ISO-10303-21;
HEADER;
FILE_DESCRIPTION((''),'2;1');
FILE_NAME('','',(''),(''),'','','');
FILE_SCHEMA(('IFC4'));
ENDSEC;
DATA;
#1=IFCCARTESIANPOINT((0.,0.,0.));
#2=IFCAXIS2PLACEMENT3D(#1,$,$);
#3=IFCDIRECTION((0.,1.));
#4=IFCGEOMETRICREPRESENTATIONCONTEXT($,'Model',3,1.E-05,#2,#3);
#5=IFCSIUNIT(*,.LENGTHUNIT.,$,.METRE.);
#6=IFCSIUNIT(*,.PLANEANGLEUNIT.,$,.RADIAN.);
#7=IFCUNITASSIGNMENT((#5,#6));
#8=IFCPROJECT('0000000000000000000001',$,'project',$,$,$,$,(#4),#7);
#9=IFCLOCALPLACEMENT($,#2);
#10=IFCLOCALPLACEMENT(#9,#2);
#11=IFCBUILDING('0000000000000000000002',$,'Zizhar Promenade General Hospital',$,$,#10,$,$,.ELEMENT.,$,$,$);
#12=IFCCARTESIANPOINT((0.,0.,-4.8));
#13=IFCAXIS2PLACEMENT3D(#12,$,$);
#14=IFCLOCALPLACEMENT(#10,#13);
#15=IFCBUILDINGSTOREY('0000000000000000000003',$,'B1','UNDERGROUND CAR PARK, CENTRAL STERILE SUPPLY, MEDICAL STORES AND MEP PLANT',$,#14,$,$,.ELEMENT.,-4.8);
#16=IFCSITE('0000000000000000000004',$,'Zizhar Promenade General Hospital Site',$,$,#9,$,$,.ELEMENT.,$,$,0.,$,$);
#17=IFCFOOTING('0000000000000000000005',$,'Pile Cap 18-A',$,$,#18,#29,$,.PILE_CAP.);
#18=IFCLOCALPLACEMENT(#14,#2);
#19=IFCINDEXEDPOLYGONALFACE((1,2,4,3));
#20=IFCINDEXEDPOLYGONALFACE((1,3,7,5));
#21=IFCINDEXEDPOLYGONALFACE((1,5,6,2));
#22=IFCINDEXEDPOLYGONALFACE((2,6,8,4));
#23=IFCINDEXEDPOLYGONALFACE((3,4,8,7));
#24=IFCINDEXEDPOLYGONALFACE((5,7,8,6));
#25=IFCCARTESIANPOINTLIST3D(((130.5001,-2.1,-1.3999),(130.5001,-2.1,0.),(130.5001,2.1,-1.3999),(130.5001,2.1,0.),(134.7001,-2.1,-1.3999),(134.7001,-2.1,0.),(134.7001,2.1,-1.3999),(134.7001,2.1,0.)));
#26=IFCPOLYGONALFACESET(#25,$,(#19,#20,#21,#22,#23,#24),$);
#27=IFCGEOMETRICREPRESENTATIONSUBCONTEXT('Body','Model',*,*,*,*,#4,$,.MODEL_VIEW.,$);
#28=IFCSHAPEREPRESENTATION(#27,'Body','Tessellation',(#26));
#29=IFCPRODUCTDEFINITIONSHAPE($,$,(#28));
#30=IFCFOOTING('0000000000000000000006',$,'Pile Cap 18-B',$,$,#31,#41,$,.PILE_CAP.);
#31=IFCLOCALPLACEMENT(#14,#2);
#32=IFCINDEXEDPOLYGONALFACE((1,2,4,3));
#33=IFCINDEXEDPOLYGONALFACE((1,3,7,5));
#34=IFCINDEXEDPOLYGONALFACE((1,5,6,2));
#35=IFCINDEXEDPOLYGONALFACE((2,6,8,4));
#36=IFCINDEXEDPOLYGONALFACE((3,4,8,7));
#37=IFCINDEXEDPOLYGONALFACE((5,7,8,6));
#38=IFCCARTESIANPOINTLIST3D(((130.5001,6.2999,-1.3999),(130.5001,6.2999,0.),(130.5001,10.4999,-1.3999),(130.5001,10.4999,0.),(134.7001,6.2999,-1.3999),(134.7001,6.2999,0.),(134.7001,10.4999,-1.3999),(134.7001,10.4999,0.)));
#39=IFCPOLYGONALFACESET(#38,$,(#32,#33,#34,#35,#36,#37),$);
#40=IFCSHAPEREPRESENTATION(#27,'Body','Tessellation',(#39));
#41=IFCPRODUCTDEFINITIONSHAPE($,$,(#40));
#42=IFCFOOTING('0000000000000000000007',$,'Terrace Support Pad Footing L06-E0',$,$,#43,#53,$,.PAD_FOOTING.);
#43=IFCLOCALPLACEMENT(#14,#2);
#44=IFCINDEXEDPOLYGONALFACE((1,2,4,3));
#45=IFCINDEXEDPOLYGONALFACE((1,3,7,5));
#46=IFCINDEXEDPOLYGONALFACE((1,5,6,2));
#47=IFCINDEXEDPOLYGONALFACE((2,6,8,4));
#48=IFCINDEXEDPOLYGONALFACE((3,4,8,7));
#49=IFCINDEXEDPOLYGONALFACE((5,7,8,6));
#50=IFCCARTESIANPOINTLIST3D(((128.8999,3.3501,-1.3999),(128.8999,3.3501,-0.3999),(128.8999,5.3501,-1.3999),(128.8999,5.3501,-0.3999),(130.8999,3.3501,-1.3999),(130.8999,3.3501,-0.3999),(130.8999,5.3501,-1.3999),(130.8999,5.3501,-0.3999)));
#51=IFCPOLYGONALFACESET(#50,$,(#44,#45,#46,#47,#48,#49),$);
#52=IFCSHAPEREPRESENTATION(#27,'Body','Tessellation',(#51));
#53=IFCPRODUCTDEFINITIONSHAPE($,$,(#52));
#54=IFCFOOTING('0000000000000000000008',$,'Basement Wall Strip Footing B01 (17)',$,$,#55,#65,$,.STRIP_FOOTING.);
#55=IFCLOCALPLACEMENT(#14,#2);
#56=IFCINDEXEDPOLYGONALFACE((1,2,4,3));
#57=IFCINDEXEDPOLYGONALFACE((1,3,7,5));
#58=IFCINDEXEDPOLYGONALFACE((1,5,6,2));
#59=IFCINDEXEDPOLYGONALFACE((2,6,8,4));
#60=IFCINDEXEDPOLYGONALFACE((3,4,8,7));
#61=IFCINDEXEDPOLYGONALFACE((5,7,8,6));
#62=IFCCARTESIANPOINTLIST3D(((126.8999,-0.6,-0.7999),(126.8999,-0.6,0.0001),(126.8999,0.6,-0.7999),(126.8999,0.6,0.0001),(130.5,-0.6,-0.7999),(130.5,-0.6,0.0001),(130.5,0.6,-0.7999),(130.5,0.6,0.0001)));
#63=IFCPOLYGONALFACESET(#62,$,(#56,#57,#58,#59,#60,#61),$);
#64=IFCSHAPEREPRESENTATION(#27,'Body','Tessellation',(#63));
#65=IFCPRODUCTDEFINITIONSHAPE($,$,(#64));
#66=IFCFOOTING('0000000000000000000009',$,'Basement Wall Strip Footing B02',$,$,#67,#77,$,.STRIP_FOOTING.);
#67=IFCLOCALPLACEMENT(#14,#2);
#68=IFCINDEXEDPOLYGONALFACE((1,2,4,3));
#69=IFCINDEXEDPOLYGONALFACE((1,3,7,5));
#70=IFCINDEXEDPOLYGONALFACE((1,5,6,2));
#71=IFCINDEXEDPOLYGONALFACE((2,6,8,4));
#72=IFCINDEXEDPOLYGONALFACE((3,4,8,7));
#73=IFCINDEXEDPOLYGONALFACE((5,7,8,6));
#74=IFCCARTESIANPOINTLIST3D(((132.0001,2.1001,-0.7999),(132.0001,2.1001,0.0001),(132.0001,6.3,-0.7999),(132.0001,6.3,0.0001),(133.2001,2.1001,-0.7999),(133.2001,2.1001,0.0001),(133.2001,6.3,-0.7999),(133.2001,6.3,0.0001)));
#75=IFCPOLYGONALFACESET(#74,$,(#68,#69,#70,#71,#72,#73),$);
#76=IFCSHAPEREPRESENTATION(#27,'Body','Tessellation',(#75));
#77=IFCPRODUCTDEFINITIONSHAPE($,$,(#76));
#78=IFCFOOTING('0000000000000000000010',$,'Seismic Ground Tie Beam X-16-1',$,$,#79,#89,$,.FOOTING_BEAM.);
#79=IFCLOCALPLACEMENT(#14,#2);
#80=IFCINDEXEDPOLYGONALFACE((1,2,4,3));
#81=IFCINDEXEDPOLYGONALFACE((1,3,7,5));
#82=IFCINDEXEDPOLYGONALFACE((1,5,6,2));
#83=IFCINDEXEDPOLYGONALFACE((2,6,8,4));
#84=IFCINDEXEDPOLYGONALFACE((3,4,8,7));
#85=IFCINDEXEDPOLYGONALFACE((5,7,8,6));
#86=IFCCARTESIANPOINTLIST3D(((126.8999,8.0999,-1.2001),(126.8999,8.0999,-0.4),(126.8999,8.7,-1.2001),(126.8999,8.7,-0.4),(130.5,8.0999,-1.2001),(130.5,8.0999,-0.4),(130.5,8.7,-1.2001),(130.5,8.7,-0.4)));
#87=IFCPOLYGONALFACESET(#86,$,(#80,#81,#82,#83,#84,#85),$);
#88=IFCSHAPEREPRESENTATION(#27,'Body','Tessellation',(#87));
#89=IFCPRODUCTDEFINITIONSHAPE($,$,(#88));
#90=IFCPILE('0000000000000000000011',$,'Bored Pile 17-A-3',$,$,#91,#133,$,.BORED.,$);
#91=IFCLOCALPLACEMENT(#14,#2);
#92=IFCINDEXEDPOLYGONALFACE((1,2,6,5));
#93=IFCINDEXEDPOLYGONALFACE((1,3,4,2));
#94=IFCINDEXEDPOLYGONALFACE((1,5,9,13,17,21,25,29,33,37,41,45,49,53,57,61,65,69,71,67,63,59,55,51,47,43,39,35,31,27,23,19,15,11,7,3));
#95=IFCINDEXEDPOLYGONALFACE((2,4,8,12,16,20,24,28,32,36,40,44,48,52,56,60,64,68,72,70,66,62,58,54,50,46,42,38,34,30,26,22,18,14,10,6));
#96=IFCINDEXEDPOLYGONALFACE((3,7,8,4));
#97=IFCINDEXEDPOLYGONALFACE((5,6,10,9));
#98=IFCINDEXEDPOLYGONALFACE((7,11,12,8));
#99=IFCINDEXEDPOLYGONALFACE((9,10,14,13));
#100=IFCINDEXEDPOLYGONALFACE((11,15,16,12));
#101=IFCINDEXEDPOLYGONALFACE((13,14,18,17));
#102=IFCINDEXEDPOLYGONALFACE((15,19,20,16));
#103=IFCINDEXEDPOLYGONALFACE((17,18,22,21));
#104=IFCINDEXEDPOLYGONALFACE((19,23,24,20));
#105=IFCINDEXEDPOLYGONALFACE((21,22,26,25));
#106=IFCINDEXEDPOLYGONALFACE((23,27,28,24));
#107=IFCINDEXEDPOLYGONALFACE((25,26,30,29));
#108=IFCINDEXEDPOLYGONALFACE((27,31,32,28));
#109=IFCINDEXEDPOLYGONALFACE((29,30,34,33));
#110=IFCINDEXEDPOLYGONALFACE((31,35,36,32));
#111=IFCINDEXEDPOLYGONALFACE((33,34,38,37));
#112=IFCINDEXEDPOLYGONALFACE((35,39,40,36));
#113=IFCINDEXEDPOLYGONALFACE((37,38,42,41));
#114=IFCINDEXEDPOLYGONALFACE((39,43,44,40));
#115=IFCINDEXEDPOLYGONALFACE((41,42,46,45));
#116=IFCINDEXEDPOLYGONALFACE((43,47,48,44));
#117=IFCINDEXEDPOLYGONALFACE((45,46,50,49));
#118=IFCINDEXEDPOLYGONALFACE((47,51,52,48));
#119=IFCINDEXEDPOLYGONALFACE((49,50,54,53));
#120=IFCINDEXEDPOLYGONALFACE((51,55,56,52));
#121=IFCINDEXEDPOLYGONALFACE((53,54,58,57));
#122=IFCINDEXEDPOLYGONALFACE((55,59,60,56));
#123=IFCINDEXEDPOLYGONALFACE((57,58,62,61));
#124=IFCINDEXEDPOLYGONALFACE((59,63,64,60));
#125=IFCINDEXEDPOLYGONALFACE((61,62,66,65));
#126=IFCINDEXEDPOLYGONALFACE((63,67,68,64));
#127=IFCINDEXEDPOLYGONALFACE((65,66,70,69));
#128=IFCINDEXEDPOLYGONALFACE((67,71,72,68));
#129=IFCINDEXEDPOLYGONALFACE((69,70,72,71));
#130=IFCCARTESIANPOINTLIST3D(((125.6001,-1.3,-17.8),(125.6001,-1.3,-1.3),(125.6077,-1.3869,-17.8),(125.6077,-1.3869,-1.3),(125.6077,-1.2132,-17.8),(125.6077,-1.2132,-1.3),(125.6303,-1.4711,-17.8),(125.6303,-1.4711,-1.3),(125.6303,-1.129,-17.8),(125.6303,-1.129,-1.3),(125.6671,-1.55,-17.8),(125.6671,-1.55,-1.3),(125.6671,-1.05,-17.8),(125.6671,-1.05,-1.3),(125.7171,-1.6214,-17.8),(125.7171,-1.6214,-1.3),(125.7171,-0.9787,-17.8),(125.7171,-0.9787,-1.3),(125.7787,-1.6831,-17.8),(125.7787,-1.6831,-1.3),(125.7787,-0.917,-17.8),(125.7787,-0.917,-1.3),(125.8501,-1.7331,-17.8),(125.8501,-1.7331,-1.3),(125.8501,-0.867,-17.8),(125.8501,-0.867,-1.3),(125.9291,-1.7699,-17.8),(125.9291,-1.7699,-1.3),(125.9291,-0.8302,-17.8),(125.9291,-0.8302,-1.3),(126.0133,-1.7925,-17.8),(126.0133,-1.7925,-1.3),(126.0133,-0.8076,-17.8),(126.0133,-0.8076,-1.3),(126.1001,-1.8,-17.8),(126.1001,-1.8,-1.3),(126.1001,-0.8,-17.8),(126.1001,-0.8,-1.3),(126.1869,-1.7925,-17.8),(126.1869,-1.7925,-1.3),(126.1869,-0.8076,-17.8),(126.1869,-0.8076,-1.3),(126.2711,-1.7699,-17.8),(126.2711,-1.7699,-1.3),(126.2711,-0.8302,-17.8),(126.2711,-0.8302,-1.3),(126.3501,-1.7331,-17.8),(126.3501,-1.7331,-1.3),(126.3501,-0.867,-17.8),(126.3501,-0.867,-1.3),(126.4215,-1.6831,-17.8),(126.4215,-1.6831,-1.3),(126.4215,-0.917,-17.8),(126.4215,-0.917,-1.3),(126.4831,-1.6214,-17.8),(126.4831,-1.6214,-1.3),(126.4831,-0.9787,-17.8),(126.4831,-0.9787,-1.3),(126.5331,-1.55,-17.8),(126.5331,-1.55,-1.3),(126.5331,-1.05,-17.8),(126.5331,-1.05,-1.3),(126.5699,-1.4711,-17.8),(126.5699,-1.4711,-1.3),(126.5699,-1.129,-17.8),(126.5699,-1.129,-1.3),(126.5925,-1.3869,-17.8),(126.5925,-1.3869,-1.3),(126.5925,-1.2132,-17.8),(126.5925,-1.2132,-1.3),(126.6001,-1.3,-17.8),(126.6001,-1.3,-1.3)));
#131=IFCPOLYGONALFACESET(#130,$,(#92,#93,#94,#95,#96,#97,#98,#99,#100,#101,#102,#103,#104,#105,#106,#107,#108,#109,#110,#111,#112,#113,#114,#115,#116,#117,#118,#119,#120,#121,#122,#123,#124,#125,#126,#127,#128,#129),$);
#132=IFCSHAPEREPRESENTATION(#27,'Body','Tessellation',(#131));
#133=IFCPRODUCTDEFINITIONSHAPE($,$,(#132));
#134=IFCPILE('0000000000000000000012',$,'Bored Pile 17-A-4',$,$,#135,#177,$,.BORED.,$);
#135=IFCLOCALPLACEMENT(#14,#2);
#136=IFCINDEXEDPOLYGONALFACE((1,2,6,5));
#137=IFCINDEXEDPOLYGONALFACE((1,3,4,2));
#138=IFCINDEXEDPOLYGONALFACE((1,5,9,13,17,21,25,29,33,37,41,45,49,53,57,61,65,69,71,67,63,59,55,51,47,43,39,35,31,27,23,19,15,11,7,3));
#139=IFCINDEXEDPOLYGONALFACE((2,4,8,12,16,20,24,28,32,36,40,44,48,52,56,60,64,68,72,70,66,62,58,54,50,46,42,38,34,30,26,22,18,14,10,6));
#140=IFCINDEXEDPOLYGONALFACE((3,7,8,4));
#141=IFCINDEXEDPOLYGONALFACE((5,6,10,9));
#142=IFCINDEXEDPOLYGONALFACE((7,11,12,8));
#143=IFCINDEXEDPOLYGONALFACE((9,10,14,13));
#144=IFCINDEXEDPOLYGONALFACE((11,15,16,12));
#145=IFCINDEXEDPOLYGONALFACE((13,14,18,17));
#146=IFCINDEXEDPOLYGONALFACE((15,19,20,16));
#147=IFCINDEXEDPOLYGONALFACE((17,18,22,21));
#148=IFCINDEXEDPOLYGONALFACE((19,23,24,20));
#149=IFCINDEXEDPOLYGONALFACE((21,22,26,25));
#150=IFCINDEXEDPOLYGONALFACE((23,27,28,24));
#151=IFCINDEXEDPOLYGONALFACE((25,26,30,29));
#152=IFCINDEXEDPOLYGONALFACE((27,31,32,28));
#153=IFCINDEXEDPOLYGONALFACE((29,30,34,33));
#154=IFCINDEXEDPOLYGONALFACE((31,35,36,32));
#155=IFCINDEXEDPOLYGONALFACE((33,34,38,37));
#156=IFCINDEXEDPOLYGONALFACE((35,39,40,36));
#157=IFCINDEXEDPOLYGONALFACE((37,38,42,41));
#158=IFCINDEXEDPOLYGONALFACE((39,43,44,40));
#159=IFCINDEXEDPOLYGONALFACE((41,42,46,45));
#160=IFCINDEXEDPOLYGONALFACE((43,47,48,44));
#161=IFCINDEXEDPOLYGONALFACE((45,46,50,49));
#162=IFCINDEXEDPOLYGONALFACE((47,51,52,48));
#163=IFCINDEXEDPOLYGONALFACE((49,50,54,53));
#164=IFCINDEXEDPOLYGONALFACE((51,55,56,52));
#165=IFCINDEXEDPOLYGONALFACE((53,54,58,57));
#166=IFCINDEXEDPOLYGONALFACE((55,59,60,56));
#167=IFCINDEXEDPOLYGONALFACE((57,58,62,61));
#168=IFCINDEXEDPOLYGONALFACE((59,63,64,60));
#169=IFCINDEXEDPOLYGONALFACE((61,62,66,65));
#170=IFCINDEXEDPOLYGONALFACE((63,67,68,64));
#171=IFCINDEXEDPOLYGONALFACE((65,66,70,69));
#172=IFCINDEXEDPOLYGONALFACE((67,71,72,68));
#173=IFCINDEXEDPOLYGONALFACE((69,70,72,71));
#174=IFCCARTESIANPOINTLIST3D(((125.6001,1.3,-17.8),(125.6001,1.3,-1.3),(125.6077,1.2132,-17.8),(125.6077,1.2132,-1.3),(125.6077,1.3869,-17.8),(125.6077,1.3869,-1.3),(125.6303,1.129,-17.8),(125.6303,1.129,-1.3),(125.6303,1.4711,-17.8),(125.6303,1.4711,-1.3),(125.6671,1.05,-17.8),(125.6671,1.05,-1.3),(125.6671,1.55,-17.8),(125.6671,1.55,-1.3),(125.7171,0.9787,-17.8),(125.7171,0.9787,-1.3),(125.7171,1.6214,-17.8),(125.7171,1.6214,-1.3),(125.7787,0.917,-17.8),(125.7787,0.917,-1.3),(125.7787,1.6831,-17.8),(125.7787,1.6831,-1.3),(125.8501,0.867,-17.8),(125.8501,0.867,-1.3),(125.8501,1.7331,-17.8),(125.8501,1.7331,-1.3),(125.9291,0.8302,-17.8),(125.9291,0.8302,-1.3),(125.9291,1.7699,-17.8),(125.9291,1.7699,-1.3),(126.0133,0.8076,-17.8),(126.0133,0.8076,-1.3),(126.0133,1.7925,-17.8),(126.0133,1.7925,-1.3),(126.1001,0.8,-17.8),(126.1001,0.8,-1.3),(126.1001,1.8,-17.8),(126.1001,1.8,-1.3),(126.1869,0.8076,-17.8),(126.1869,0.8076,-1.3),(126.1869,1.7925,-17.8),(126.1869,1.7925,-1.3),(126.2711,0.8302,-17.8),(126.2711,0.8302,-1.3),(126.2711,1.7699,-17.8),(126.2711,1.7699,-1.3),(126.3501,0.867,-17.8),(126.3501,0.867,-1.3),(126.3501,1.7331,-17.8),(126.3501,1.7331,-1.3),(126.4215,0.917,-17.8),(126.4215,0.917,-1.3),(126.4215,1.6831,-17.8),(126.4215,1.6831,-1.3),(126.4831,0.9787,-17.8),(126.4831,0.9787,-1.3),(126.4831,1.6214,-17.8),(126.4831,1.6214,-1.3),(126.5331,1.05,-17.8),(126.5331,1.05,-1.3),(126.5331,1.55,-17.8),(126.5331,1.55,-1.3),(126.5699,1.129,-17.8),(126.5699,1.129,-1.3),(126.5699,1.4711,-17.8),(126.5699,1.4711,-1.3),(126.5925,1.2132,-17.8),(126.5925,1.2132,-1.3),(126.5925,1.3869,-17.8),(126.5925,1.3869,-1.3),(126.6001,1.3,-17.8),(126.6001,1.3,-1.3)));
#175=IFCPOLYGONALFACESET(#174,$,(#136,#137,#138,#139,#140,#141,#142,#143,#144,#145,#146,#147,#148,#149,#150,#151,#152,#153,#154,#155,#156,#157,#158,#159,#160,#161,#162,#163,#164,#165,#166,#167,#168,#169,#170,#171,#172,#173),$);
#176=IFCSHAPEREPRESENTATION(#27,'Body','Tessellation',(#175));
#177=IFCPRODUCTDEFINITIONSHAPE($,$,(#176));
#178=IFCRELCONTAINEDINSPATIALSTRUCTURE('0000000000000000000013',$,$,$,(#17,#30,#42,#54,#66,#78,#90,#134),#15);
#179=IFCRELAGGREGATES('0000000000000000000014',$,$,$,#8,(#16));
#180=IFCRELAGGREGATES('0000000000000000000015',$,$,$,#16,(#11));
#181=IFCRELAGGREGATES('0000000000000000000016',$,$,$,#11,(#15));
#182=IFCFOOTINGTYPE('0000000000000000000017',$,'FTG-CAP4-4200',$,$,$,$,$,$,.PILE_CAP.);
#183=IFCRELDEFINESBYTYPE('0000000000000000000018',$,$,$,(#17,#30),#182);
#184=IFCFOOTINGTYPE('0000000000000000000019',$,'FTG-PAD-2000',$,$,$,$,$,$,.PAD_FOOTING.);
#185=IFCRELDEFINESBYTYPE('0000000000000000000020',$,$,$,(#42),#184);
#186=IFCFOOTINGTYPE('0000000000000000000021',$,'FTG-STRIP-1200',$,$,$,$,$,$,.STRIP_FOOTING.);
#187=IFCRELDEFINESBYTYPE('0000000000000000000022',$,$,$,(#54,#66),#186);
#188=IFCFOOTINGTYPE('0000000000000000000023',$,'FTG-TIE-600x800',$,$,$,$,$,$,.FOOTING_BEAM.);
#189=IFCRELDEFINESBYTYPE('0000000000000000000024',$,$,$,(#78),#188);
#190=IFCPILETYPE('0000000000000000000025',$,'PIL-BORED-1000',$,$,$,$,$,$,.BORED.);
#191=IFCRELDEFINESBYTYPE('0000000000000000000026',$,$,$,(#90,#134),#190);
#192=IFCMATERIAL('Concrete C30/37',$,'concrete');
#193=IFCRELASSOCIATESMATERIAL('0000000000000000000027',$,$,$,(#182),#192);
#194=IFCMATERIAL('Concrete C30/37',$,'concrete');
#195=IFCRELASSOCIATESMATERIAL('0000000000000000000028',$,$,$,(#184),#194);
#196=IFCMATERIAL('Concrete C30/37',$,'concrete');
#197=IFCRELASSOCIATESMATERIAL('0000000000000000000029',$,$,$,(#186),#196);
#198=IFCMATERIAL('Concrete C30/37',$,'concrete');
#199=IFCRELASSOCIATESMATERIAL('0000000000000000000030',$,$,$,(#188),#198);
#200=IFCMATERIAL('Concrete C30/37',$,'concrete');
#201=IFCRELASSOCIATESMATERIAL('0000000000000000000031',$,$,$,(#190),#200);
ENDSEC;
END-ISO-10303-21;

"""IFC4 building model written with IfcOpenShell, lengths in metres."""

from ifc_helpers import new_model, si_unit, direction, frame, origin, origin_2d, place, context, subcontext, project, spatial, rectangle, circle, extrude, material, material_profile, profile_set, type_object, element, save


model = new_model("IFC4")

# Units and contexts
model_context = context("Model", 3, precision=1e-05, world=origin(), true_north=direction((0.0, 1.0)))
body_context = subcontext(model_context, "Body", "Model", "MODEL_VIEW")
ifc_project = project(units=[si_unit("LENGTHUNIT", "METRE"), si_unit("PLANEANGLEUNIT", "RADIAN")], contexts=[model_context])

# Site, building, storey
site_placement = place(None, origin())
site = spatial("IfcSite", under=ifc_project, at=site_placement, Name="Zizhar Promenade General Hospital Site", CompositionType="ELEMENT", RefElevation=0.0)
building_placement = place(site_placement, origin())
building = spatial("IfcBuilding", under=site, at=building_placement, Name="Zizhar Promenade General Hospital", CompositionType="ELEMENT")
storey_placement = place(building_placement, frame((0.0, 0.0, -4.8)))
storey = spatial("IfcBuildingStorey", under=building, at=storey_placement, Name="B1", Description="UNDERGROUND CAR PARK, CENTRAL STERILE SUPPLY, MEDICAL STORES AND MEP PLANT", CompositionType="ELEMENT", Elevation=-4.8)

# Footings
ifc_material_1 = material(Name="Concrete C30/37", Category="concrete")
footing_type_1 = type_object("IfcFootingType", Name="FTG-CAP4-4200", PredefinedType="PILE_CAP", material=ifc_material_1)
for number, where, z_axis, x_axis, name in (
    (1, (132.6001, 0.0, -1.3999), (0.0, 0.0, 1.0), (1.0, 0.0, 0.0), "Pile Cap 18-A"),
    (2, (132.6001, 8.3999, -1.3999), (0.0, 0.0, 1.0), (1.0, 0.0, 0.0), "Pile Cap 18-B"),
):
    element("IfcFooting", number, at=place(storey_placement, frame(where, z_axis=z_axis, x_axis=x_axis)), inside=storey, type_object=footing_type_1, Name=name, PredefinedType="PILE_CAP", context=body_context, shape_type="SweptSolid", body=[
        extrude(rectangle(XDim=4.2, YDim=4.2, at=origin_2d()), origin(), (0.0, 0.0, 1.0), 1.3999),
    ])
ifc_material_2 = material(Name="Concrete C30/37", Category="concrete")
footing_type_2 = type_object("IfcFootingType", Name="FTG-PAD-2000", PredefinedType="PAD_FOOTING", material=ifc_material_2)
footing_1_placement = place(storey_placement, frame((129.8999, 4.3501, -1.3999), z_axis=(0.0, 0.0, 1.0), x_axis=(1.0, 0.0, 0.0)))
element("IfcFooting", 3, at=footing_1_placement, inside=storey, type_object=footing_type_2, Name="Terrace Support Pad Footing L06-E0", PredefinedType="PAD_FOOTING", context=body_context, shape_type="SweptSolid", body=[
    extrude(rectangle(XDim=2.0, YDim=2.0, at=origin_2d()), origin(), (0.0, 0.0, 1.0), 1.0),
])
ifc_material_3 = material(Name="Concrete C30/37", Category="concrete")
ifc_material_profile_1 = material_profile(ifc_material_3, rectangle(XDim=1.2, YDim=0.8, at=origin_2d()))
ifc_profile_set_1 = profile_set([ifc_material_profile_1], Name="Concrete C30/37")
footing_type_3 = type_object("IfcFootingType", Name="FTG-STRIP-1200", PredefinedType="STRIP_FOOTING", material=ifc_profile_set_1)
footing_2_placement = place(storey_placement, frame((126.8999, 0.0, -0.3999), z_axis=(1.0, 0.0, 0.0), x_axis=(0.0, 1.0, 0.0)))
element("IfcFooting", 4, at=footing_2_placement, inside=storey, type_object=footing_type_3, Name="Basement Wall Strip Footing B01 (17)", PredefinedType="STRIP_FOOTING", context=body_context, shape_type="SweptSolid", body=[
    extrude(rectangle(XDim=1.2, YDim=0.8, at=origin_2d()), origin(), (0.0, 0.0, 1.0), 3.6001),
])
footing_3_placement = place(storey_placement, frame((132.6001, 2.1001, -0.3999), z_axis=(0.0, 1.0, 0.0), x_axis=(-1.0, 0.0, 0.0)))
element("IfcFooting", 5, at=footing_3_placement, inside=storey, type_object=footing_type_3, Name="Basement Wall Strip Footing B02", PredefinedType="STRIP_FOOTING", context=body_context, shape_type="SweptSolid", body=[
    extrude(rectangle(XDim=1.2, YDim=0.8, at=origin_2d()), origin(), (0.0, 0.0, 1.0), 4.2),
])
ifc_material_4 = material(Name="Concrete C30/37", Category="concrete")
ifc_material_profile_2 = material_profile(ifc_material_4, rectangle(XDim=0.6001, YDim=0.8, at=origin_2d()))
ifc_profile_set_2 = profile_set([ifc_material_profile_2], Name="Concrete C30/37")
footing_type_4 = type_object("IfcFootingType", Name="FTG-TIE-600x800", PredefinedType="FOOTING_BEAM", material=ifc_profile_set_2)
footing_4_placement = place(storey_placement, frame((126.8999, 8.3999, -0.8), z_axis=(1.0, 0.0, 0.0), x_axis=(0.0, 1.0, 0.0)))
element("IfcFooting", 6, at=footing_4_placement, inside=storey, type_object=footing_type_4, Name="Seismic Ground Tie Beam X-16-1", PredefinedType="FOOTING_BEAM", context=body_context, shape_type="SweptSolid", body=[
    extrude(rectangle(XDim=0.6001, YDim=0.8, at=origin_2d()), origin(), (0.0, 0.0, 1.0), 3.6001),
])

# Piles
ifc_material_5 = material(Name="Concrete C30/37", Category="concrete")
ifc_material_profile_3 = material_profile(ifc_material_5, circle(Radius=0.5, at=origin_2d()))
ifc_profile_set_3 = profile_set([ifc_material_profile_3], Name="Concrete C30/37")
pile_type = type_object("IfcPileType", Name="PIL-BORED-1000", PredefinedType="BORED", material=ifc_profile_set_3)
for number, where, z_axis, x_axis, name in (
    (7, (126.1001, -1.3, -1.3), (0.0, 0.0, -1.0), (1.0, 0.0, 0.0), "Bored Pile 17-A-3"),
    (8, (126.1001, 1.3, -1.3), (0.0, 0.0, -1.0), (1.0, 0.0, 0.0), "Bored Pile 17-A-4"),
):
    element("IfcPile", number, at=place(storey_placement, frame(where, z_axis=z_axis, x_axis=x_axis)), inside=storey, type_object=pile_type, Name=name, PredefinedType="BORED", context=body_context, shape_type="SweptSolid", body=[
        extrude(circle(Radius=0.5, at=origin_2d()), origin(), (0.0, 0.0, 1.0), 16.5),
    ])

save(model, "model.ifc")
